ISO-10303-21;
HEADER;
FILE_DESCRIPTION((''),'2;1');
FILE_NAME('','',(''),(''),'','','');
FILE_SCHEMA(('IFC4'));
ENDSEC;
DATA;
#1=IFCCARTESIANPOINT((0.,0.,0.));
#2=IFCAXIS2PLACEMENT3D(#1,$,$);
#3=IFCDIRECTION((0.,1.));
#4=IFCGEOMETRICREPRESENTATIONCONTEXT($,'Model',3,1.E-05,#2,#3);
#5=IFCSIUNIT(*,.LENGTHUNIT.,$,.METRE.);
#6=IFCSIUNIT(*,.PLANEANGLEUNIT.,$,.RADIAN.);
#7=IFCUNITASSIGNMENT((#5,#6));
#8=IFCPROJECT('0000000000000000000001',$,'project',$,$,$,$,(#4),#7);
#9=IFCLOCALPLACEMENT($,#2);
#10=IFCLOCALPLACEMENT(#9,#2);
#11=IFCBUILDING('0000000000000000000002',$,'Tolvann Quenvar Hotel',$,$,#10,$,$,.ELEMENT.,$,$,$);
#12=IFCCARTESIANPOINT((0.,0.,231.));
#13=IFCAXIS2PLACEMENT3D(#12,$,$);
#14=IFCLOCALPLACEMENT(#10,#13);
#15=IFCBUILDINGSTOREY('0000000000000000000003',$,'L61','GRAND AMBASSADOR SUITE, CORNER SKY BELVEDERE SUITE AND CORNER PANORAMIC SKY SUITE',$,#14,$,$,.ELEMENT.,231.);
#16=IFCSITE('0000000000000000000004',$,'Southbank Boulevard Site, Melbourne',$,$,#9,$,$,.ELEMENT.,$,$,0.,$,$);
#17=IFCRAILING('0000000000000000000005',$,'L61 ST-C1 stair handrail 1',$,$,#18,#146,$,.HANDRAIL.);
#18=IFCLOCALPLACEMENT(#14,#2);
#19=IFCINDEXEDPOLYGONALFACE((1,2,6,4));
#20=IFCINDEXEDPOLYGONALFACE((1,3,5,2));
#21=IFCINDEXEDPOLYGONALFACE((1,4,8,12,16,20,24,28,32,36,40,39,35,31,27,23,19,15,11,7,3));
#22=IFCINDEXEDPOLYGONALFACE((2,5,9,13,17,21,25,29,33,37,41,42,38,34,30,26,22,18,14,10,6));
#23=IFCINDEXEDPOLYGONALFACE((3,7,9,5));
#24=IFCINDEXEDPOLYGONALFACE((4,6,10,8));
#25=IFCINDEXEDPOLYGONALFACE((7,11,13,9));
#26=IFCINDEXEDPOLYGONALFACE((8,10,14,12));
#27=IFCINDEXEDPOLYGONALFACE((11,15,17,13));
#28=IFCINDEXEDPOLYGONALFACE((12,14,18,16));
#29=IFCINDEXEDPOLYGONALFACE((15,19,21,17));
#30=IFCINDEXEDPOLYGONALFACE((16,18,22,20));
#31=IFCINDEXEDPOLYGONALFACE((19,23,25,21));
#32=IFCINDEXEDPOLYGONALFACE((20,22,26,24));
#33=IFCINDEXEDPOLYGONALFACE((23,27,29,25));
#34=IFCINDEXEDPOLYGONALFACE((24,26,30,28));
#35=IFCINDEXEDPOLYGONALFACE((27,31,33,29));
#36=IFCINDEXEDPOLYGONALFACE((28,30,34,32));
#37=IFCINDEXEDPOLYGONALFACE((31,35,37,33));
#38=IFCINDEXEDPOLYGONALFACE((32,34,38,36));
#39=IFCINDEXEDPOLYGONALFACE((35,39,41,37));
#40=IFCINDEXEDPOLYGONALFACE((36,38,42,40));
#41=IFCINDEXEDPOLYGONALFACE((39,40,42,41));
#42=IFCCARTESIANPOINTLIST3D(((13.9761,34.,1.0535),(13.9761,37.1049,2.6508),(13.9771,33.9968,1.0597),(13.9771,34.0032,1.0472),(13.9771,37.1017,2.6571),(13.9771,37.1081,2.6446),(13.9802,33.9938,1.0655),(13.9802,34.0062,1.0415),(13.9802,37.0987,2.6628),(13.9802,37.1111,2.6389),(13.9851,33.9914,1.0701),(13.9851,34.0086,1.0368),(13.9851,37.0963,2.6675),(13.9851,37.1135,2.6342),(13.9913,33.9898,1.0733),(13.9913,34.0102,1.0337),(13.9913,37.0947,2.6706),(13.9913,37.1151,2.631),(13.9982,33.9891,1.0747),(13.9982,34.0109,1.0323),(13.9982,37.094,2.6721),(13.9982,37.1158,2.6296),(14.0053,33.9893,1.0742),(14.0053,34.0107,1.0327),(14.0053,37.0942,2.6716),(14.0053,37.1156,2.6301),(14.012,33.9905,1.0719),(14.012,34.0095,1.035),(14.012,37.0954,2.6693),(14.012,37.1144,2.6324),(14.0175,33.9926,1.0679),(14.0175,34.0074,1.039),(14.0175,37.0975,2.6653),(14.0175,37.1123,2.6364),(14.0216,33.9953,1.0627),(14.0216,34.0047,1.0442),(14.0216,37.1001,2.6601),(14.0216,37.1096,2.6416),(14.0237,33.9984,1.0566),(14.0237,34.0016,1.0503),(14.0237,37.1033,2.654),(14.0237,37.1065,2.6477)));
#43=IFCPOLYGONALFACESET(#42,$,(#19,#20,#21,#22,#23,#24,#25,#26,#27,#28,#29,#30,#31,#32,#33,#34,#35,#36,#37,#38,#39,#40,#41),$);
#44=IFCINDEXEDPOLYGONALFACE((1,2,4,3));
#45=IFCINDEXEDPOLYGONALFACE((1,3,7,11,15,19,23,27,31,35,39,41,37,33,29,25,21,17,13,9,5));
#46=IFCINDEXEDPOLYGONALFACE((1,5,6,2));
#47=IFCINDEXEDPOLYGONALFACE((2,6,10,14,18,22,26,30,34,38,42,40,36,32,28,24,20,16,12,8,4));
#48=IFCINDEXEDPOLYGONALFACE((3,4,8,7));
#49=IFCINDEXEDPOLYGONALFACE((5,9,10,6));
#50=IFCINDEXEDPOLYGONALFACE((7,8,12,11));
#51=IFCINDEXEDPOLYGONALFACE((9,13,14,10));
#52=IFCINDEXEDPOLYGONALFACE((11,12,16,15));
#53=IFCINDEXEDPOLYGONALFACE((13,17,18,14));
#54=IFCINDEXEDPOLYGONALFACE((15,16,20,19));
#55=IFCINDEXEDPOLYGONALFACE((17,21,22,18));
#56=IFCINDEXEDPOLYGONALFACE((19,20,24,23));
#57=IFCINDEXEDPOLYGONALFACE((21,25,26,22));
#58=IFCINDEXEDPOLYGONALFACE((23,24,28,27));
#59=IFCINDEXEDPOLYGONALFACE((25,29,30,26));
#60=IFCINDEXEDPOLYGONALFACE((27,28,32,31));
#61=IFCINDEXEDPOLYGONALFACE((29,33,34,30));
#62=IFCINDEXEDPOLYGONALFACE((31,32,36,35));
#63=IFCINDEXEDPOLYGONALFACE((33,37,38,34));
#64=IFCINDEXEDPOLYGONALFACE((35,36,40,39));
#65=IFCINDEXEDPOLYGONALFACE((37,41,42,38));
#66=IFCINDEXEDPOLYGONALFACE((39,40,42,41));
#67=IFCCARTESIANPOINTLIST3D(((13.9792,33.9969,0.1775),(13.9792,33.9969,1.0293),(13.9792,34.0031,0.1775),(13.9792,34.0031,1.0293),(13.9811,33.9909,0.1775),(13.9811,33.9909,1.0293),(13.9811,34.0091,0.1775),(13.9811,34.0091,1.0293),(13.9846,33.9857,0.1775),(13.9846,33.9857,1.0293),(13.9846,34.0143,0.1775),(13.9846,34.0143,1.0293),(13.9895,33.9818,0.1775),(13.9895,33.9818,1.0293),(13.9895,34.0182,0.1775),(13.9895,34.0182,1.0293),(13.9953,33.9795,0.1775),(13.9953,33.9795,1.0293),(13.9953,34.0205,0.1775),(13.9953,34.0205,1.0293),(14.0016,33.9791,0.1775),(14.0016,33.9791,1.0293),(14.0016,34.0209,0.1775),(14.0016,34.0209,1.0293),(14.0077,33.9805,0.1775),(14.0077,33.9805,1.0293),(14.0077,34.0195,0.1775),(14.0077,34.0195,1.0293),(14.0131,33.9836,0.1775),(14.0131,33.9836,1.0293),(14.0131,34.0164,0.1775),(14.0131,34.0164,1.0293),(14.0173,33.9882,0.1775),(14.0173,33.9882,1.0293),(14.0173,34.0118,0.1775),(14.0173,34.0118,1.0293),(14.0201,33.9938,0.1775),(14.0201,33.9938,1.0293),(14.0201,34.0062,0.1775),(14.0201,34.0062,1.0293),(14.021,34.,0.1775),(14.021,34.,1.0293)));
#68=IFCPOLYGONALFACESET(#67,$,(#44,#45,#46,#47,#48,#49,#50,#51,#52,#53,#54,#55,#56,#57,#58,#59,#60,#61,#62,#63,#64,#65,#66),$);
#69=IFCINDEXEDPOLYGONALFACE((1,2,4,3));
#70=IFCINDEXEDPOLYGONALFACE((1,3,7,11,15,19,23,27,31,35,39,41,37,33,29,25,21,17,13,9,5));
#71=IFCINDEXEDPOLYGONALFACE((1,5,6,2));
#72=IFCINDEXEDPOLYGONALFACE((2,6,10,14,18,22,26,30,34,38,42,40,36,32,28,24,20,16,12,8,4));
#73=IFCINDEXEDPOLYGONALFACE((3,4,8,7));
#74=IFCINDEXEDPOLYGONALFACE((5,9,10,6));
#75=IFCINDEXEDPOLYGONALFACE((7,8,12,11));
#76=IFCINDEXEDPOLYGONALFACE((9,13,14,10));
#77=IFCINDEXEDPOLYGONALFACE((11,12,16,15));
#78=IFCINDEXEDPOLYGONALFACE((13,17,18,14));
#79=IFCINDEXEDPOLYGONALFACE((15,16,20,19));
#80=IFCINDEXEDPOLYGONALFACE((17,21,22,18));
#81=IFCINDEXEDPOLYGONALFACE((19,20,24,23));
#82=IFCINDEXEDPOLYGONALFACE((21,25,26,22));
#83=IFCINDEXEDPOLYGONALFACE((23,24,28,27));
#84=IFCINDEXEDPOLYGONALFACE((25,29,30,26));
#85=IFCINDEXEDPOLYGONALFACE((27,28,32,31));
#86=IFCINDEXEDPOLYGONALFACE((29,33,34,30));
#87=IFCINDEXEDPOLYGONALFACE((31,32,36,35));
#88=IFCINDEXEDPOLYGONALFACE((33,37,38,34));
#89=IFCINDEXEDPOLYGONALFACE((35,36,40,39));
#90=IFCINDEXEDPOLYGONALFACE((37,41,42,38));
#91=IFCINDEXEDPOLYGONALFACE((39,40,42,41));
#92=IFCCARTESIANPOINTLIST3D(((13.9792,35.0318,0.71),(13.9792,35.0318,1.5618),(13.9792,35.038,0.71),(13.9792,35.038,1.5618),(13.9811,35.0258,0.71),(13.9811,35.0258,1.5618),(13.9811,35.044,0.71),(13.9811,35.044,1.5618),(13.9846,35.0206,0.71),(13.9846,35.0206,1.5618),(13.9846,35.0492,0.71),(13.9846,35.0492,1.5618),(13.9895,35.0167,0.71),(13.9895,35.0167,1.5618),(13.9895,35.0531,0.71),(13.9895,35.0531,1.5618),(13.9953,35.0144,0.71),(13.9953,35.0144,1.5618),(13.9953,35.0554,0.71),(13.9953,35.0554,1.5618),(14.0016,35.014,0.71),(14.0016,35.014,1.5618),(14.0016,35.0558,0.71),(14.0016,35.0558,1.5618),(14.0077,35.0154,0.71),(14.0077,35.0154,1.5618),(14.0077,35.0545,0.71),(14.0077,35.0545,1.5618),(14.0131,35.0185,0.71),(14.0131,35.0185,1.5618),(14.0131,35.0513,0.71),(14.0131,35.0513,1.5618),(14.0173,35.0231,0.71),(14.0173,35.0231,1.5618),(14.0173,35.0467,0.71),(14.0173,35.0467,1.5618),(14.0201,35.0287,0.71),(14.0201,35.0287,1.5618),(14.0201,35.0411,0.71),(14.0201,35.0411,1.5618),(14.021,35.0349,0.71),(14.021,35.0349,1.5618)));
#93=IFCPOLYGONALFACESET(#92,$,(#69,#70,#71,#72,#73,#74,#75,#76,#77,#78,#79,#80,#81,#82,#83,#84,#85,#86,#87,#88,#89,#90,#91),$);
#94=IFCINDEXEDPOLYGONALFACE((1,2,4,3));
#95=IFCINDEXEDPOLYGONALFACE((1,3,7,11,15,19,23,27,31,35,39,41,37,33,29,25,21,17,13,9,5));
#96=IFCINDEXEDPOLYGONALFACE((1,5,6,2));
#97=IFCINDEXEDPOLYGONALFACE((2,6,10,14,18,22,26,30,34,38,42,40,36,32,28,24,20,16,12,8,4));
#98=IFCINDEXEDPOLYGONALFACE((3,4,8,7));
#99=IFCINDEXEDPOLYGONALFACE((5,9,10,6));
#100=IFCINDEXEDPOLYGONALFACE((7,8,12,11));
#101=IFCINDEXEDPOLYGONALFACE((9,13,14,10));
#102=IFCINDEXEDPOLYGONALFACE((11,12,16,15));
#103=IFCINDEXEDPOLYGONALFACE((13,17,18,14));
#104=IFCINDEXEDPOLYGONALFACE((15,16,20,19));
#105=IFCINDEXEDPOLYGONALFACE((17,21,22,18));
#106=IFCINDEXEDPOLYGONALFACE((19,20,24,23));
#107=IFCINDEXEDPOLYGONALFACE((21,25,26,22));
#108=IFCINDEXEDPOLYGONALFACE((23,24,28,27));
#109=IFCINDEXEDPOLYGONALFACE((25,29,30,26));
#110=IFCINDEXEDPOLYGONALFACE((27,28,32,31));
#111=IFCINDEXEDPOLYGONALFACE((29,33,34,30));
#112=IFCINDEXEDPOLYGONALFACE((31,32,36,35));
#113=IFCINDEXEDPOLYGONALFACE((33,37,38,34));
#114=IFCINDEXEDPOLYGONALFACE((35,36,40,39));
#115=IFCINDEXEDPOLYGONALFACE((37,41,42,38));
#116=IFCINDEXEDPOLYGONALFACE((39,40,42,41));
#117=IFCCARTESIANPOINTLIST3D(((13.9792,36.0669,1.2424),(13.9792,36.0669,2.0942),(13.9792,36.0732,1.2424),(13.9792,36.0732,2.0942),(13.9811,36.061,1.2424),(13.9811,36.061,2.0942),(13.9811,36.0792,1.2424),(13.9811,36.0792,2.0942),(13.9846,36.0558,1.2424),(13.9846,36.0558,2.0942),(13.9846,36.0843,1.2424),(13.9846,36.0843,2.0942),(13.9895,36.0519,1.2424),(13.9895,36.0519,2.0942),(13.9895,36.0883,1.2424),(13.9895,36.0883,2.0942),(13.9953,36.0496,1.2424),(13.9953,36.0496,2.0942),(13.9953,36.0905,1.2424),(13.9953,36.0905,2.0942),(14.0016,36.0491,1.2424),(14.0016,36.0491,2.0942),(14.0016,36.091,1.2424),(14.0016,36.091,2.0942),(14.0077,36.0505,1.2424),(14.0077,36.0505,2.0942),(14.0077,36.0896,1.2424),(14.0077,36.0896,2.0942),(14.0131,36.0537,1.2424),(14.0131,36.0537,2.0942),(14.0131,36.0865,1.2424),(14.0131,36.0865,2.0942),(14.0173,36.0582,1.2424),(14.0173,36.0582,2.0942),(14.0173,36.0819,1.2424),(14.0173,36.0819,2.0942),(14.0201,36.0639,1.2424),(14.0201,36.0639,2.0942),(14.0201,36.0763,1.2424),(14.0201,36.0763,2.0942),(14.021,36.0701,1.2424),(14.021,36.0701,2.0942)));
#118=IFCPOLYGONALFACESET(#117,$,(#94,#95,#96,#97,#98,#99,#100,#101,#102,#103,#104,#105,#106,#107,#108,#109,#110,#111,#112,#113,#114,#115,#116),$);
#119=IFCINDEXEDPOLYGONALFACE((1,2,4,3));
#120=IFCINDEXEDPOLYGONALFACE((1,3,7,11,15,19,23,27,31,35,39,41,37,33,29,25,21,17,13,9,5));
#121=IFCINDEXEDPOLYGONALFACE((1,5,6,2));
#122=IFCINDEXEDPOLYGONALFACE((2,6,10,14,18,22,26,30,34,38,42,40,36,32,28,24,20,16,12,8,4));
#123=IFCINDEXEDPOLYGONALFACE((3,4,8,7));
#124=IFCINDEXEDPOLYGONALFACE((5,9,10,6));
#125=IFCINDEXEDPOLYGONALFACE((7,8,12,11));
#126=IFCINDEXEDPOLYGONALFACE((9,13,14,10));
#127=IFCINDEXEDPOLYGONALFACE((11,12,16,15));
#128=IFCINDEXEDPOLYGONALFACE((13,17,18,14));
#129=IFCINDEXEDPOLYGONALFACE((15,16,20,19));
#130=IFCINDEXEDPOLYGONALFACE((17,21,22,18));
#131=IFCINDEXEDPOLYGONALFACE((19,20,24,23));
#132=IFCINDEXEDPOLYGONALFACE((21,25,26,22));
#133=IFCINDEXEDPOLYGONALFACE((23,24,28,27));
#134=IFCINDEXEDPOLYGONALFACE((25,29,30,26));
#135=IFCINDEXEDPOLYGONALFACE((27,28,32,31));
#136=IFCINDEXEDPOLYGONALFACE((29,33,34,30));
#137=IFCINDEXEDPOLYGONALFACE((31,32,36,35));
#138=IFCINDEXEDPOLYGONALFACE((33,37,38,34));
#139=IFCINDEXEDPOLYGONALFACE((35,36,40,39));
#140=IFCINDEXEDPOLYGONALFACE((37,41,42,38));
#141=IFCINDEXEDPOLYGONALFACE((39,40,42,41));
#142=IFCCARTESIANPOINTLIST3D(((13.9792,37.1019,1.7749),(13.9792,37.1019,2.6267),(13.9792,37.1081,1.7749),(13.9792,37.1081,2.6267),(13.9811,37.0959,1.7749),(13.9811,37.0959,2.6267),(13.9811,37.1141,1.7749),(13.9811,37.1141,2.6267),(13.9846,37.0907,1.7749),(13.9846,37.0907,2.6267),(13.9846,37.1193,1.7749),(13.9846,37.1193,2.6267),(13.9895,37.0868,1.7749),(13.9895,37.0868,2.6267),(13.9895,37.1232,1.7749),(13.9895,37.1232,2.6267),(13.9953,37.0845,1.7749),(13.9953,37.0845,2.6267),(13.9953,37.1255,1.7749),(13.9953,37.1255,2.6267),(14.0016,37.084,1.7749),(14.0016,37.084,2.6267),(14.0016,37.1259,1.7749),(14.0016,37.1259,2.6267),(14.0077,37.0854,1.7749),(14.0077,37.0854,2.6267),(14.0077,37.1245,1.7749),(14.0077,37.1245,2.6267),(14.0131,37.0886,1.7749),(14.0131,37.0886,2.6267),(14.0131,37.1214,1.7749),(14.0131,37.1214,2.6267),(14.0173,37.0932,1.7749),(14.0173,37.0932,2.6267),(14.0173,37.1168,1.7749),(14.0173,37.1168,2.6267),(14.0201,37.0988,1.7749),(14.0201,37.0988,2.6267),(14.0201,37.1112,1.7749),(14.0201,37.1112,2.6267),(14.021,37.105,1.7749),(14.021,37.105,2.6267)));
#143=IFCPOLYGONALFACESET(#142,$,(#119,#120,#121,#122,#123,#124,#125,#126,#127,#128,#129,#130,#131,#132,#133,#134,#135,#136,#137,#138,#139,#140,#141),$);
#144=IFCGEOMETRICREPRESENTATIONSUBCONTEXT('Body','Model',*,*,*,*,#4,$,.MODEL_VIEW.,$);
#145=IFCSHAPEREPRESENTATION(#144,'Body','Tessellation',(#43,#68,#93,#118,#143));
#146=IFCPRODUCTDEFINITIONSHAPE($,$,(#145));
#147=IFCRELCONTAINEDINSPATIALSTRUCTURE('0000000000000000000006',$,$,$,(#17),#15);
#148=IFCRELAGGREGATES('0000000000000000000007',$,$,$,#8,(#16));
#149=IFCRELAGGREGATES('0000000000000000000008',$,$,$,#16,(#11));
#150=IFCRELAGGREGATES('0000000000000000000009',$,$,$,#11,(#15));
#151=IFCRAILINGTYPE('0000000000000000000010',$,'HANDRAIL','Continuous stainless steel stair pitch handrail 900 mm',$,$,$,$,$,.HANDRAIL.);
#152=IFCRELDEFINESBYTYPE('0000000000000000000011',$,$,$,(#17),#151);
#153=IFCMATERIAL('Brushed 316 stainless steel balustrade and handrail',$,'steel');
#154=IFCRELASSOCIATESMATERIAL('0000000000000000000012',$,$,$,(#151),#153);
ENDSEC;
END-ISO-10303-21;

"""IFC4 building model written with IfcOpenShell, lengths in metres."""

from ifc_helpers import new_model, si_unit, direction, frame, origin, origin_2d, place, context, subcontext, project, spatial, circle, extrude, material, type_object, element, save


model = new_model("IFC4")

# Units and contexts
model_context = context("Model", 3, precision=1e-05, world=origin(), true_north=direction((0.0, 1.0)))
body_context = subcontext(model_context, "Body", "Model", "MODEL_VIEW")
ifc_project = project(units=[si_unit("LENGTHUNIT", "METRE"), si_unit("PLANEANGLEUNIT", "RADIAN")], contexts=[model_context])

# Site, building, storey
site_placement = place(None, origin())
site = spatial("IfcSite", under=ifc_project, at=site_placement, Name="Southbank Boulevard Site, Melbourne", CompositionType="ELEMENT", RefElevation=0.0)
building_placement = place(site_placement, origin())
building = spatial("IfcBuilding", under=site, at=building_placement, Name="Tolvann Quenvar Hotel", CompositionType="ELEMENT")
storey_placement = place(building_placement, frame((0.0, 0.0, 231.0)))
storey = spatial("IfcBuildingStorey", under=building, at=storey_placement, Name="L61", Description="GRAND AMBASSADOR SUITE, CORNER SKY BELVEDERE SUITE AND CORNER PANORAMIC SKY SUITE", CompositionType="ELEMENT", Elevation=231.0)

# Railing
ifc_material_1 = material(Name="Brushed 316 stainless steel balustrade and handrail", Category="steel")
railing_type_1 = type_object("IfcRailingType", Name="HANDRAIL", Description="Continuous stainless steel stair pitch handrail 900 mm", PredefinedType="HANDRAIL", material=ifc_material_1)
railing_1_placement = place(storey_placement, frame((14.0, 34.0, 0.1775)))
element("IfcRailing", 1, at=railing_1_placement, inside=storey, type_object=railing_type_1, Name="L61 ST-C1 stair handrail 1", PredefinedType="HANDRAIL", context=body_context, shape_type="SweptSolid", body=[
    extrude(circle(Radius=0.0239, at=origin_2d()), frame((0.0, 0.0, 0.876), z_axis=(0.0, 0.889222, 0.457476), x_axis=(-1.0, 0.0, 0.0)), (0.0, 0.0, 1.0), 3.4917),
    extrude(circle(Radius=0.021, at=origin_2d()), origin(), (0.0, 0.0, 1.0), 0.8518),
    extrude(circle(Radius=0.021, at=origin_2d()), frame((0.0, 1.0349, 0.5325)), (0.0, 0.0, 1.0), 0.8518),
    extrude(circle(Radius=0.021, at=origin_2d()), frame((0.0, 2.0701, 1.0649)), (0.0, 0.0, 1.0), 0.8518),
    extrude(circle(Radius=0.021, at=origin_2d()), frame((0.0, 3.105, 1.5974)), (0.0, 0.0, 1.0), 0.8518),
])

save(model, "model.ifc")
